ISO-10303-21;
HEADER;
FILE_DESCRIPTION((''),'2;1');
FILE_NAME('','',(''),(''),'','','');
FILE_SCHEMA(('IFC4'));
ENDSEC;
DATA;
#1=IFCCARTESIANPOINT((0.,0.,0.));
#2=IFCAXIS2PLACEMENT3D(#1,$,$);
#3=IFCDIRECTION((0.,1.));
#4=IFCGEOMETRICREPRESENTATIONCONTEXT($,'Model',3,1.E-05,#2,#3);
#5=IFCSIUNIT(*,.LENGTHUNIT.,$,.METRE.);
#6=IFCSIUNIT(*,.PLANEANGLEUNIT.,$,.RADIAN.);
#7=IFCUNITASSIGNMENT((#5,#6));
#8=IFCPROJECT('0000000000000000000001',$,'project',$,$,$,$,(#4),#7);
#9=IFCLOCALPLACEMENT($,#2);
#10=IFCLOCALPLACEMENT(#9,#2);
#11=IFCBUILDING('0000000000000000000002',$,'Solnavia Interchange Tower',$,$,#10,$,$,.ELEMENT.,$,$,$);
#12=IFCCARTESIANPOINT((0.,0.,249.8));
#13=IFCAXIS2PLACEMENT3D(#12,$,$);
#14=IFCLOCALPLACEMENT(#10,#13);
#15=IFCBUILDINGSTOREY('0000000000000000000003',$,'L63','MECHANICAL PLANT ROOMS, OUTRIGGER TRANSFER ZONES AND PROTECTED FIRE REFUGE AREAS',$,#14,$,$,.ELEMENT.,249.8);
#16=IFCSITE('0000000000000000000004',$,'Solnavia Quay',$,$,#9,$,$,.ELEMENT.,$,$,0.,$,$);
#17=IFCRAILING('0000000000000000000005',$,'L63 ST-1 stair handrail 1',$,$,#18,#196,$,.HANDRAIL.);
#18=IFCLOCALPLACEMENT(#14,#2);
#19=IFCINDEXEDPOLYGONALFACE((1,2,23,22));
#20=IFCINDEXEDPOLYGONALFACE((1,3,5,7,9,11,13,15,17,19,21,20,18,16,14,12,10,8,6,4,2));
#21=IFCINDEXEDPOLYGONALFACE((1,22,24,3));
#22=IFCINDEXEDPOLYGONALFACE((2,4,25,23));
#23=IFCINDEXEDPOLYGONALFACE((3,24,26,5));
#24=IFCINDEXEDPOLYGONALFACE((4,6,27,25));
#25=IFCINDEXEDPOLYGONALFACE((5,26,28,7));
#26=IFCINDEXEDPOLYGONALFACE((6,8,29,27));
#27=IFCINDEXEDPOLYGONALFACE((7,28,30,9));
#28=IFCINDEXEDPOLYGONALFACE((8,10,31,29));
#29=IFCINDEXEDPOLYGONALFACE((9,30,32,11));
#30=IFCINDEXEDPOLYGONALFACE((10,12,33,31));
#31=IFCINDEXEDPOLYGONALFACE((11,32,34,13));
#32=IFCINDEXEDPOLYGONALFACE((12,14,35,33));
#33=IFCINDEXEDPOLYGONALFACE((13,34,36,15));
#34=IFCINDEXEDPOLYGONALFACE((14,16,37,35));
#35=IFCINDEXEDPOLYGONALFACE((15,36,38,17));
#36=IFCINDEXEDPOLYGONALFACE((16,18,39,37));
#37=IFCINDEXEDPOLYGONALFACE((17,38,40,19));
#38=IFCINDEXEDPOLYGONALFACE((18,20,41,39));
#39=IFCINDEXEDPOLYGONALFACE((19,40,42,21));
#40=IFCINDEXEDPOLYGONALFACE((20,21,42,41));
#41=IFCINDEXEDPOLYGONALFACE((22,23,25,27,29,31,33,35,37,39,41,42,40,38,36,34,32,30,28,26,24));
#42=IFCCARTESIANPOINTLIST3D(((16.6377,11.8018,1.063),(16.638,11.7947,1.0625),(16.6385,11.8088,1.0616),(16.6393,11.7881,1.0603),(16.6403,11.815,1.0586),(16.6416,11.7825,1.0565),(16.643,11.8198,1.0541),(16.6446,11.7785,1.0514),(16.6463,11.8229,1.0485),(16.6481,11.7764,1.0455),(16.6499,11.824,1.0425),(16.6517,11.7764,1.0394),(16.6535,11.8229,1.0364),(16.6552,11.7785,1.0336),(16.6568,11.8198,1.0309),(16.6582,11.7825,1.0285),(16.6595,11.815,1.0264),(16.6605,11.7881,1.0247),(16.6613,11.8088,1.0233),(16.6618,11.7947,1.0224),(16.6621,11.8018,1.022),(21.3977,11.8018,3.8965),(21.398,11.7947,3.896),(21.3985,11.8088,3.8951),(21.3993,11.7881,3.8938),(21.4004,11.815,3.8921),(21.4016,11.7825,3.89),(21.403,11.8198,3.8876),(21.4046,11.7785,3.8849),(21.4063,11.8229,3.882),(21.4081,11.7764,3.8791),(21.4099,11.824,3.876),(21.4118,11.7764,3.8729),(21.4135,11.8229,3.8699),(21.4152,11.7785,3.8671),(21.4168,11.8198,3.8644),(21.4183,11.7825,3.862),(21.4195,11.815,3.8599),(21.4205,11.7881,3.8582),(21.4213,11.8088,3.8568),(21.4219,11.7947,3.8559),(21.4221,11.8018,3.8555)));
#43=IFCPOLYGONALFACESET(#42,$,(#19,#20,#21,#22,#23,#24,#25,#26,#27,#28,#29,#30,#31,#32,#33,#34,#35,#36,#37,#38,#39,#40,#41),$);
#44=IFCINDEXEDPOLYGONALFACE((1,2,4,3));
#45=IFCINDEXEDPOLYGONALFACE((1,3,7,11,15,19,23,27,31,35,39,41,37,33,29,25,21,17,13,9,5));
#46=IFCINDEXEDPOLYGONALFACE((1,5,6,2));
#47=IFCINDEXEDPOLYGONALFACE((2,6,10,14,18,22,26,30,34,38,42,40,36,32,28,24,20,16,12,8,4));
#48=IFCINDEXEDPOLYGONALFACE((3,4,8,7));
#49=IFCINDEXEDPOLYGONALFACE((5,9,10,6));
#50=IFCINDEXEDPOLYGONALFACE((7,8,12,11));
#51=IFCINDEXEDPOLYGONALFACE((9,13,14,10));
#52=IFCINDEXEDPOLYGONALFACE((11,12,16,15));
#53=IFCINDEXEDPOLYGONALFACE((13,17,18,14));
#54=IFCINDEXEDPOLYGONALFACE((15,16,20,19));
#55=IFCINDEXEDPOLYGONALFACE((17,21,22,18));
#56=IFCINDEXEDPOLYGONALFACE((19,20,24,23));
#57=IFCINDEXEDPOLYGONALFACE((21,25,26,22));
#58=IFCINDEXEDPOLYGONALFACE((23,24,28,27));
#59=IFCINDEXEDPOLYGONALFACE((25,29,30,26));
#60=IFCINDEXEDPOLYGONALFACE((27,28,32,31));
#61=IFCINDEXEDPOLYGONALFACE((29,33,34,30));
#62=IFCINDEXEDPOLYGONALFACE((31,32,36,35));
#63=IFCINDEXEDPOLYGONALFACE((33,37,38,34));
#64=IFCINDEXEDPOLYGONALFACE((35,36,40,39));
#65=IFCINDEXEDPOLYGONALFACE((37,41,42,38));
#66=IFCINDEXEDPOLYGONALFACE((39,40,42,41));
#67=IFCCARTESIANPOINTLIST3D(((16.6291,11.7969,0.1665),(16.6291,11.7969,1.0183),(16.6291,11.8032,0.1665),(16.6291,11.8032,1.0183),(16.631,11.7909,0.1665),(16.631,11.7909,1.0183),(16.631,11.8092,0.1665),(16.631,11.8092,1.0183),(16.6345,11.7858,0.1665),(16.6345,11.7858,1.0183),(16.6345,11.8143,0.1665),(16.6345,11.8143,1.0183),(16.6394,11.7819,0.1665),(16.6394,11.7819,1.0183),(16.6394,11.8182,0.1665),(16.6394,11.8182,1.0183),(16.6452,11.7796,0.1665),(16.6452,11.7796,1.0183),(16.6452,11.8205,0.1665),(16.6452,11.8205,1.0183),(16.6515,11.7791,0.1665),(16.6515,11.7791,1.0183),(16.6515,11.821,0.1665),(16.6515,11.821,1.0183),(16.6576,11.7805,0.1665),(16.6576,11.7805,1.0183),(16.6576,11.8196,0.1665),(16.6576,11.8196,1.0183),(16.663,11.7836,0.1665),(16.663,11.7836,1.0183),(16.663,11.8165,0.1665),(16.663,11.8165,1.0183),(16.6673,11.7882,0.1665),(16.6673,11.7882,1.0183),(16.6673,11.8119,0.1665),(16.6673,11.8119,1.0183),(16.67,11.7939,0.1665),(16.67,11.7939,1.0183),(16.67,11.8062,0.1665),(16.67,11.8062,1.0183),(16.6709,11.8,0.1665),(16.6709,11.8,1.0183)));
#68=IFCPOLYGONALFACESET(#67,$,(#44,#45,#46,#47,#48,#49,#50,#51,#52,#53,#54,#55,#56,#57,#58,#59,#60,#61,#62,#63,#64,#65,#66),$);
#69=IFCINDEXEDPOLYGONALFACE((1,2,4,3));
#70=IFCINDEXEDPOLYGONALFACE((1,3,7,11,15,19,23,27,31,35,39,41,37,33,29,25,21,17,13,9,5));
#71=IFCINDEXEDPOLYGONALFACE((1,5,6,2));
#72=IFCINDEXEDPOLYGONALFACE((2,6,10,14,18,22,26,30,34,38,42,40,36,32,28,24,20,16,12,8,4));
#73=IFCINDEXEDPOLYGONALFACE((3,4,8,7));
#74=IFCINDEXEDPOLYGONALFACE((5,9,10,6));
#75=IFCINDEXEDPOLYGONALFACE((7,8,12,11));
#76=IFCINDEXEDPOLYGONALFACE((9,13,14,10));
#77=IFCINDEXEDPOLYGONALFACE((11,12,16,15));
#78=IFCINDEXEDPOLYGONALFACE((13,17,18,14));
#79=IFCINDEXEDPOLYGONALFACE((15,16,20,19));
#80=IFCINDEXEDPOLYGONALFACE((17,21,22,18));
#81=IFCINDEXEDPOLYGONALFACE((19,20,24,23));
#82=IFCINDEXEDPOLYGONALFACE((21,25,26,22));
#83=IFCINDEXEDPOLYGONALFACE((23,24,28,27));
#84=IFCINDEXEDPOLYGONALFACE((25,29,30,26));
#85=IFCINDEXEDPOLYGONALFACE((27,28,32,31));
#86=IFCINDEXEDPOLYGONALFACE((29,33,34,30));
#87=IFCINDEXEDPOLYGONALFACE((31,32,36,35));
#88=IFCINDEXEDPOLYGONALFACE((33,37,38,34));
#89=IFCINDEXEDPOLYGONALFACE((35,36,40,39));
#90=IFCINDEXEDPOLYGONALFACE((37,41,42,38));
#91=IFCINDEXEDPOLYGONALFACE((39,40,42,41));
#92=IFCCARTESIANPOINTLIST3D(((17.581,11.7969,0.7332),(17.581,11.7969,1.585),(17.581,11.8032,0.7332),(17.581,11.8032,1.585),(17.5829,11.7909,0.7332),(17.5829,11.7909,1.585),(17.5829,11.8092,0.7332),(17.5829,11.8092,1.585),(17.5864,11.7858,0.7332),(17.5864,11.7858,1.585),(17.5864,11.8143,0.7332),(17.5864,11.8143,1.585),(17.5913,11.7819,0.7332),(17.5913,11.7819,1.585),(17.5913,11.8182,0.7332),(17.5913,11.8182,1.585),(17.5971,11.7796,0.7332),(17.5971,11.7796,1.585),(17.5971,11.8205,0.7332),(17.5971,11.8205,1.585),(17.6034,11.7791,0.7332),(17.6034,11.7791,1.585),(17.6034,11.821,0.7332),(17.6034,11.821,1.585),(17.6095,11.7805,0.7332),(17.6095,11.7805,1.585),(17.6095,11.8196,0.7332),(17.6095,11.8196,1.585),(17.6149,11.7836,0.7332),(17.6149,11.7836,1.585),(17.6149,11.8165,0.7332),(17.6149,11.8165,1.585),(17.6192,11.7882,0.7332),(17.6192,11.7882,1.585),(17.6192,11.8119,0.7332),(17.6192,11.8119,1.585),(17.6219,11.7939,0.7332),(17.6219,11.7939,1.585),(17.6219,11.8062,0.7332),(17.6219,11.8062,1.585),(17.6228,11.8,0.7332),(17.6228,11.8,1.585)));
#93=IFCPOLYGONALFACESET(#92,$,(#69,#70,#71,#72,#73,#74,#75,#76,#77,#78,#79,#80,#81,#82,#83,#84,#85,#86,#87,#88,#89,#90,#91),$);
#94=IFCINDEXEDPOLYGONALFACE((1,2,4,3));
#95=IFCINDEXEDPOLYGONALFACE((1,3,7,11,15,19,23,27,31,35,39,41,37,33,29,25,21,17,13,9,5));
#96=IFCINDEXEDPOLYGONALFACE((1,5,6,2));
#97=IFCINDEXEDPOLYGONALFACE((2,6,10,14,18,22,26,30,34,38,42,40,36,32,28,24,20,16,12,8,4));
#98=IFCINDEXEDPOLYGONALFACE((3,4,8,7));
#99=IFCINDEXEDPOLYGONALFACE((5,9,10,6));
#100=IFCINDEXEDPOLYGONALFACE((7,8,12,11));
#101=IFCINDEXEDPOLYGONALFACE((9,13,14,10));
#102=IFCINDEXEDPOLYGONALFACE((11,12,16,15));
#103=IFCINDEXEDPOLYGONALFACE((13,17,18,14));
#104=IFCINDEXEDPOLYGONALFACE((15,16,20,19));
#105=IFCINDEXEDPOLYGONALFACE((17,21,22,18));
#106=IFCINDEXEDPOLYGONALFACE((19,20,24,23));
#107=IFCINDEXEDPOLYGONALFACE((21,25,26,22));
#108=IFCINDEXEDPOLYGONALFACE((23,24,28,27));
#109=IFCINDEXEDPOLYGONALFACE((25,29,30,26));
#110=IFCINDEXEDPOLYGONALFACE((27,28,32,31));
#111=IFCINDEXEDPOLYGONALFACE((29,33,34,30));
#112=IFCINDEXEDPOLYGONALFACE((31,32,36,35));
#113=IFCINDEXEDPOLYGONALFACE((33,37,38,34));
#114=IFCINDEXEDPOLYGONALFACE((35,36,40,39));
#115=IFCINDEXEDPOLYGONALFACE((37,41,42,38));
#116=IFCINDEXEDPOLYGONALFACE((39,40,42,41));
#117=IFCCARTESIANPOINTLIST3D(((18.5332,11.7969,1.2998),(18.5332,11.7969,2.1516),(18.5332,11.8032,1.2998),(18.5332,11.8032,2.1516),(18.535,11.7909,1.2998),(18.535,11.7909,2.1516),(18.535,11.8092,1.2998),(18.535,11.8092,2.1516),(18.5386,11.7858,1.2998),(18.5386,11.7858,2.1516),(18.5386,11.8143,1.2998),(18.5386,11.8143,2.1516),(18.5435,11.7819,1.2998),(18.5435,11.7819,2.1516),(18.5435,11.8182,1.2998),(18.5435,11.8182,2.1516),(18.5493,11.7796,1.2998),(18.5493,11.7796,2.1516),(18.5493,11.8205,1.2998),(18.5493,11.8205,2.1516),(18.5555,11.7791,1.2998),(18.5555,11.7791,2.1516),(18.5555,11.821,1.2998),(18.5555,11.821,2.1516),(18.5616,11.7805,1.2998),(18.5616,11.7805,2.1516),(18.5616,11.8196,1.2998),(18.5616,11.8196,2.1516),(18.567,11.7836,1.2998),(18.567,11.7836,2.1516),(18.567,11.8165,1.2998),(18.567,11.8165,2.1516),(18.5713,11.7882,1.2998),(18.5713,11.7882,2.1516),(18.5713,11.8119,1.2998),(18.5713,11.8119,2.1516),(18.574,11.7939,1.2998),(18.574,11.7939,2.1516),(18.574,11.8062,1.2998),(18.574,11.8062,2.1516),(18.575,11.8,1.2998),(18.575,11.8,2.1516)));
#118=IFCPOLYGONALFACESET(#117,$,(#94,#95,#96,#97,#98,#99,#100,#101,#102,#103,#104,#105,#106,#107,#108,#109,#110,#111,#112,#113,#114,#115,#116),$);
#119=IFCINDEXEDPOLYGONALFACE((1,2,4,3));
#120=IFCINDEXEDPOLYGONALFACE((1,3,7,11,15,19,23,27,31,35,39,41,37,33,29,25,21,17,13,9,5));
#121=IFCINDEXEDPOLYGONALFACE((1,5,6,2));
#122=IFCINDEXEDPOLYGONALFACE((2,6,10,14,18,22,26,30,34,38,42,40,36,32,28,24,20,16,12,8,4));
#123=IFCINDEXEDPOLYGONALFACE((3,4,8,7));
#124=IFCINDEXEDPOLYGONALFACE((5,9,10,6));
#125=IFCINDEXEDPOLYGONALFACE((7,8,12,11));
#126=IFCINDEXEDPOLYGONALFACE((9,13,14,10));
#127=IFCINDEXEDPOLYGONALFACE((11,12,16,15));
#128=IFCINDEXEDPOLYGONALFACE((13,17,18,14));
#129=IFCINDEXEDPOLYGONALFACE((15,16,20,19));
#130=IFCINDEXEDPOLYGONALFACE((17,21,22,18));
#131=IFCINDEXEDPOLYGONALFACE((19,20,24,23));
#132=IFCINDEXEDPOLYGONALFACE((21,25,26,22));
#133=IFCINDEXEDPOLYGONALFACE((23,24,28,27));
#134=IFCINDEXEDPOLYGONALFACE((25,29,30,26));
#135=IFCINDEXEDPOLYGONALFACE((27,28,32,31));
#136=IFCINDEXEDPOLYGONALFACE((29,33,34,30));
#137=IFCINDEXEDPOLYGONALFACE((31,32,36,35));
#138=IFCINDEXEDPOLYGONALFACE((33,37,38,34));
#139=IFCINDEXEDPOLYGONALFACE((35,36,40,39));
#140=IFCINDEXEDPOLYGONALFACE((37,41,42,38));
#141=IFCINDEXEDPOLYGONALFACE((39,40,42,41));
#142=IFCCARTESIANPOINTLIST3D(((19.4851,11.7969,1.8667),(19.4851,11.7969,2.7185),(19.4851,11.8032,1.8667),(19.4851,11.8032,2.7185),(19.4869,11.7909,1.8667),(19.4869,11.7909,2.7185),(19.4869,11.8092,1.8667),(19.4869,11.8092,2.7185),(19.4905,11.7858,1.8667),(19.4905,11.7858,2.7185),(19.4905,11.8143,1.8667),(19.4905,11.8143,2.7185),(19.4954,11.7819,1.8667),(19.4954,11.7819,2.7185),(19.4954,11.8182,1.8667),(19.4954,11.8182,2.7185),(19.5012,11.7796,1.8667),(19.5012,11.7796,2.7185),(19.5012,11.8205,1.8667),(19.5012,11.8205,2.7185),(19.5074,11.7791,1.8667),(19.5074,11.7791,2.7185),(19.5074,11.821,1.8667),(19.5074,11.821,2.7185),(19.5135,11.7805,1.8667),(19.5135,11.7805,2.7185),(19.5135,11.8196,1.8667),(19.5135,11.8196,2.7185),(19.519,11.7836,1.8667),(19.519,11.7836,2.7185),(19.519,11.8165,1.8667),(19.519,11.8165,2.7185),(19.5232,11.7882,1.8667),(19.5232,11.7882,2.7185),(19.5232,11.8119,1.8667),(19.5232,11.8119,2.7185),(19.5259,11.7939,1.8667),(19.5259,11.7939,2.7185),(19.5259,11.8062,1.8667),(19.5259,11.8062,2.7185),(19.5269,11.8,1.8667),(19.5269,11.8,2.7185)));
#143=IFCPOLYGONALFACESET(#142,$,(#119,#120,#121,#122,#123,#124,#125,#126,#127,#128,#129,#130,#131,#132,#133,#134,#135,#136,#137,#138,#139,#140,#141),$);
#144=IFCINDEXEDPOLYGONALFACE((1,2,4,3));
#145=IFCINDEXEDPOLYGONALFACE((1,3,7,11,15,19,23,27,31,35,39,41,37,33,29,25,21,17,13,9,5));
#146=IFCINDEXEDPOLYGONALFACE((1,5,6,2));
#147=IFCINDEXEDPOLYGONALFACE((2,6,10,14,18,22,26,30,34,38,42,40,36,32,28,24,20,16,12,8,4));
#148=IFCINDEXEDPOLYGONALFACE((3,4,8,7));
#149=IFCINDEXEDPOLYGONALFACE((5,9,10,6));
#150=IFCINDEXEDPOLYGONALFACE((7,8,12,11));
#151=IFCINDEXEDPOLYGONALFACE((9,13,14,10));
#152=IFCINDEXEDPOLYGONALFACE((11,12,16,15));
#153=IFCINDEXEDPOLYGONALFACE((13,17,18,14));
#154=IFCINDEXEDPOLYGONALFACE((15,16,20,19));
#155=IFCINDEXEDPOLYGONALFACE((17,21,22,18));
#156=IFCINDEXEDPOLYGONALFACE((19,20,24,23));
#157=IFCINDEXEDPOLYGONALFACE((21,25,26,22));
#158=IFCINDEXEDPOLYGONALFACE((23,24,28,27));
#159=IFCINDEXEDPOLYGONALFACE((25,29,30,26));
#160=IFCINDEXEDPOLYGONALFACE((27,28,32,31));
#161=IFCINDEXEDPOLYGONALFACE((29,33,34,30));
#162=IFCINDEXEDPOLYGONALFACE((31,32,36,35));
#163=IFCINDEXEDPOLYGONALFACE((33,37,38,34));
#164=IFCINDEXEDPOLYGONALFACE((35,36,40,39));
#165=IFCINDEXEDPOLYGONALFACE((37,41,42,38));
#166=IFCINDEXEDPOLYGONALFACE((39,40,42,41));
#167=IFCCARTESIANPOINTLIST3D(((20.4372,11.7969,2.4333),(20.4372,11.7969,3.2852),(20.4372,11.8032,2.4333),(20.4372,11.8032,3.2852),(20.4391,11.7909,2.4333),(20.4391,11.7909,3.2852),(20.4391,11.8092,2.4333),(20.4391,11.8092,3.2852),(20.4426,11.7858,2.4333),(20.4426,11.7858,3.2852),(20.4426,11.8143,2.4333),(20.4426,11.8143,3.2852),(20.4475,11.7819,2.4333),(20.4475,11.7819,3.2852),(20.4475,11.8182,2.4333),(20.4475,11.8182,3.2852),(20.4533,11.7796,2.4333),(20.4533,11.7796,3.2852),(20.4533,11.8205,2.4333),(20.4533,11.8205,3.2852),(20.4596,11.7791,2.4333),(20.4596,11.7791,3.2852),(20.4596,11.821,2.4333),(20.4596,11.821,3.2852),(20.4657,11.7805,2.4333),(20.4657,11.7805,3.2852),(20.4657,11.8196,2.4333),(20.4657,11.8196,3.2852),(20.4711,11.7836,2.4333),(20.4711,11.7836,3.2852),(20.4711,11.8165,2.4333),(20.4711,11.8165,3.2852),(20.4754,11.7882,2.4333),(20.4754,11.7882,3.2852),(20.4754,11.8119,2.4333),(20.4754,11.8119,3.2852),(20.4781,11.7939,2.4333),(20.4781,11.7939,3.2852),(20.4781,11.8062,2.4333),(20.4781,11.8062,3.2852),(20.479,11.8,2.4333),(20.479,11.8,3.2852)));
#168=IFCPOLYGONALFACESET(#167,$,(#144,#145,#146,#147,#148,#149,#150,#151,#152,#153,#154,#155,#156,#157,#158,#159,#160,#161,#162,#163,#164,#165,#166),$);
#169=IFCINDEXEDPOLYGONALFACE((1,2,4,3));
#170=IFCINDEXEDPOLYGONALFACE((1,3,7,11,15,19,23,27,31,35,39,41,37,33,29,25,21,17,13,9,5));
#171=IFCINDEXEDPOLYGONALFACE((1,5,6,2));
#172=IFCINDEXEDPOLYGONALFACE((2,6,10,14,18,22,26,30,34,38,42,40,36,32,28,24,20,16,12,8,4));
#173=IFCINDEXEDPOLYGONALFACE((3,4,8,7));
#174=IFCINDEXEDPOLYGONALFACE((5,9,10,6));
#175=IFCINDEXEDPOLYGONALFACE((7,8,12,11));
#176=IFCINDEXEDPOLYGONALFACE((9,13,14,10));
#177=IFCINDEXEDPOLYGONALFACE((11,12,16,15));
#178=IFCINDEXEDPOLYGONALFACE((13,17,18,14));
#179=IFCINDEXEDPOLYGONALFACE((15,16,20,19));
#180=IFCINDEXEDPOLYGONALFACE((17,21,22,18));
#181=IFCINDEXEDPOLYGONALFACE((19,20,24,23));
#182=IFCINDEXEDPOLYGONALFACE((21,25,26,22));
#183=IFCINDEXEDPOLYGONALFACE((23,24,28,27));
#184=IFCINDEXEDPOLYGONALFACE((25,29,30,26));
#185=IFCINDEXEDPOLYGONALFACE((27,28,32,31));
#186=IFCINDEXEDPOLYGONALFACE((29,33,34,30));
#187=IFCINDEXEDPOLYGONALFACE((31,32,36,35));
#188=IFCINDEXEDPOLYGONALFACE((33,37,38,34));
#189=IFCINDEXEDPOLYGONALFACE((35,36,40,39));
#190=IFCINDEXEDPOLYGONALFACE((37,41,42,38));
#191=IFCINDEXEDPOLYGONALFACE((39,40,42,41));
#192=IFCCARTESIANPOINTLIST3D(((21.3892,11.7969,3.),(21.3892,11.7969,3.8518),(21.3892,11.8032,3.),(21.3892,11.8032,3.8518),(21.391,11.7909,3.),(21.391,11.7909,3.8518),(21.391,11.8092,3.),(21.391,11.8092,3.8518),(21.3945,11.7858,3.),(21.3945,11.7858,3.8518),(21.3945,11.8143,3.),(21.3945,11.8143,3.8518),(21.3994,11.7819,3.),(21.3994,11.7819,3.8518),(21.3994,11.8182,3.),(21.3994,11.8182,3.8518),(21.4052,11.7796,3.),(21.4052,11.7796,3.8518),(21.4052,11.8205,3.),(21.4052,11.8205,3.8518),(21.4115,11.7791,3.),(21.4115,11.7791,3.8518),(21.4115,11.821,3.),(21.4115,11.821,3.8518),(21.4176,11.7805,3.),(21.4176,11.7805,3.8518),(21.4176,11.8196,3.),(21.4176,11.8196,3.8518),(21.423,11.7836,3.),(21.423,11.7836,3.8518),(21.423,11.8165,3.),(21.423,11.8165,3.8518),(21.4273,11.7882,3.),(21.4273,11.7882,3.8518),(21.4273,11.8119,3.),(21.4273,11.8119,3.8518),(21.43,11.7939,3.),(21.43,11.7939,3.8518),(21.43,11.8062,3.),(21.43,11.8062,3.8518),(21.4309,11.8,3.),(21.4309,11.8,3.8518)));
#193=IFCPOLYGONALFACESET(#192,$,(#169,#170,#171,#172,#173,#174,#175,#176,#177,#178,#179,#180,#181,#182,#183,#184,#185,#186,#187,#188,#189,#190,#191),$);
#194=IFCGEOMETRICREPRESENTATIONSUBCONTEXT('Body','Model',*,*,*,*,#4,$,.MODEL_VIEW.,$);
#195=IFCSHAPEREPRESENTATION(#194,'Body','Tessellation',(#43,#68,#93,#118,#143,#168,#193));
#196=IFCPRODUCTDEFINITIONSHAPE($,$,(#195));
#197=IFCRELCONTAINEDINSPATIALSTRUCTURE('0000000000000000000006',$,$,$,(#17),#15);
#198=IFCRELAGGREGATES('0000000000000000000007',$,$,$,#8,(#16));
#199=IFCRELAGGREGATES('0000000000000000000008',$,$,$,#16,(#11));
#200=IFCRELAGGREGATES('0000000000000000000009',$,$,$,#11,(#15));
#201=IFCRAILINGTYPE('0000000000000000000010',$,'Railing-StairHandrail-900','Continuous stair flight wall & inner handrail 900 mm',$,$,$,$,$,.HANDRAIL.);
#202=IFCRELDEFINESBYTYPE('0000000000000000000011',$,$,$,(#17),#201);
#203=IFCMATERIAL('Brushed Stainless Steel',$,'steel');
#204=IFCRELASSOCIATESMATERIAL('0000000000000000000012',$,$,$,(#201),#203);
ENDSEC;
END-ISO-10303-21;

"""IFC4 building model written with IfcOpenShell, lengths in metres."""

from ifc_helpers import new_model, si_unit, direction, frame, origin, origin_2d, place, context, subcontext, project, spatial, circle, extrude, material, type_object, element, save


model = new_model("IFC4")

# Units and contexts
model_context = context("Model", 3, precision=1e-05, world=origin(), true_north=direction((0.0, 1.0)))
body_context = subcontext(model_context, "Body", "Model", "MODEL_VIEW")
ifc_project = project(units=[si_unit("LENGTHUNIT", "METRE"), si_unit("PLANEANGLEUNIT", "RADIAN")], contexts=[model_context])

# Site, building, storey
site_placement = place(None, origin())
site = spatial("IfcSite", under=ifc_project, at=site_placement, Name="Solnavia Quay", CompositionType="ELEMENT", RefElevation=0.0)
building_placement = place(site_placement, origin())
building = spatial("IfcBuilding", under=site, at=building_placement, Name="Solnavia Interchange Tower", CompositionType="ELEMENT")
storey_placement = place(building_placement, frame((0.0, 0.0, 249.8)))
storey = spatial("IfcBuildingStorey", under=building, at=storey_placement, Name="L63", Description="MECHANICAL PLANT ROOMS, OUTRIGGER TRANSFER ZONES AND PROTECTED FIRE REFUGE AREAS", CompositionType="ELEMENT", Elevation=249.8)

# Railing
ifc_material_1 = material(Name="Brushed Stainless Steel", Category="steel")
railing_type_1 = type_object("IfcRailingType", Name="Railing-StairHandrail-900", Description="Continuous stair flight wall & inner handrail 900 mm", PredefinedType="HANDRAIL", material=ifc_material_1)
railing_1_placement = place(storey_placement, frame((16.6499, 11.8, 0.1665)))
element("IfcRailing", 1, at=railing_1_placement, inside=storey, type_object=railing_type_1, Name="L63 ST-1 stair handrail 1", PredefinedType="HANDRAIL", context=body_context, shape_type="SweptSolid", body=[
    extrude(circle(Radius=0.0239, at=origin_2d()), frame((0.0, 0.0, 0.876), z_axis=(0.85928, 0.0, 0.511505), x_axis=(0.0, 1.0, 0.0)), (0.0, 0.0, 1.0), 5.5396),
    extrude(circle(Radius=0.021, at=origin_2d()), origin(), (0.0, 0.0, 1.0), 0.8518),
    extrude(circle(Radius=0.021, at=origin_2d()), frame((0.9519, 0.0, 0.5667)), (0.0, 0.0, 1.0), 0.8518),
    extrude(circle(Radius=0.021, at=origin_2d()), frame((1.9041, 0.0, 1.1333)), (0.0, 0.0, 1.0), 0.8518),
    extrude(circle(Radius=0.021, at=origin_2d()), frame((2.856, 0.0, 1.7002)), (0.0, 0.0, 1.0), 0.8518),
    extrude(circle(Radius=0.021, at=origin_2d()), frame((3.8081, 0.0, 2.2668)), (0.0, 0.0, 1.0), 0.8518),
    extrude(circle(Radius=0.021, at=origin_2d()), frame((4.76, 0.0, 2.8335)), (0.0, 0.0, 1.0), 0.8518),
])

save(model, "model.ifc")
